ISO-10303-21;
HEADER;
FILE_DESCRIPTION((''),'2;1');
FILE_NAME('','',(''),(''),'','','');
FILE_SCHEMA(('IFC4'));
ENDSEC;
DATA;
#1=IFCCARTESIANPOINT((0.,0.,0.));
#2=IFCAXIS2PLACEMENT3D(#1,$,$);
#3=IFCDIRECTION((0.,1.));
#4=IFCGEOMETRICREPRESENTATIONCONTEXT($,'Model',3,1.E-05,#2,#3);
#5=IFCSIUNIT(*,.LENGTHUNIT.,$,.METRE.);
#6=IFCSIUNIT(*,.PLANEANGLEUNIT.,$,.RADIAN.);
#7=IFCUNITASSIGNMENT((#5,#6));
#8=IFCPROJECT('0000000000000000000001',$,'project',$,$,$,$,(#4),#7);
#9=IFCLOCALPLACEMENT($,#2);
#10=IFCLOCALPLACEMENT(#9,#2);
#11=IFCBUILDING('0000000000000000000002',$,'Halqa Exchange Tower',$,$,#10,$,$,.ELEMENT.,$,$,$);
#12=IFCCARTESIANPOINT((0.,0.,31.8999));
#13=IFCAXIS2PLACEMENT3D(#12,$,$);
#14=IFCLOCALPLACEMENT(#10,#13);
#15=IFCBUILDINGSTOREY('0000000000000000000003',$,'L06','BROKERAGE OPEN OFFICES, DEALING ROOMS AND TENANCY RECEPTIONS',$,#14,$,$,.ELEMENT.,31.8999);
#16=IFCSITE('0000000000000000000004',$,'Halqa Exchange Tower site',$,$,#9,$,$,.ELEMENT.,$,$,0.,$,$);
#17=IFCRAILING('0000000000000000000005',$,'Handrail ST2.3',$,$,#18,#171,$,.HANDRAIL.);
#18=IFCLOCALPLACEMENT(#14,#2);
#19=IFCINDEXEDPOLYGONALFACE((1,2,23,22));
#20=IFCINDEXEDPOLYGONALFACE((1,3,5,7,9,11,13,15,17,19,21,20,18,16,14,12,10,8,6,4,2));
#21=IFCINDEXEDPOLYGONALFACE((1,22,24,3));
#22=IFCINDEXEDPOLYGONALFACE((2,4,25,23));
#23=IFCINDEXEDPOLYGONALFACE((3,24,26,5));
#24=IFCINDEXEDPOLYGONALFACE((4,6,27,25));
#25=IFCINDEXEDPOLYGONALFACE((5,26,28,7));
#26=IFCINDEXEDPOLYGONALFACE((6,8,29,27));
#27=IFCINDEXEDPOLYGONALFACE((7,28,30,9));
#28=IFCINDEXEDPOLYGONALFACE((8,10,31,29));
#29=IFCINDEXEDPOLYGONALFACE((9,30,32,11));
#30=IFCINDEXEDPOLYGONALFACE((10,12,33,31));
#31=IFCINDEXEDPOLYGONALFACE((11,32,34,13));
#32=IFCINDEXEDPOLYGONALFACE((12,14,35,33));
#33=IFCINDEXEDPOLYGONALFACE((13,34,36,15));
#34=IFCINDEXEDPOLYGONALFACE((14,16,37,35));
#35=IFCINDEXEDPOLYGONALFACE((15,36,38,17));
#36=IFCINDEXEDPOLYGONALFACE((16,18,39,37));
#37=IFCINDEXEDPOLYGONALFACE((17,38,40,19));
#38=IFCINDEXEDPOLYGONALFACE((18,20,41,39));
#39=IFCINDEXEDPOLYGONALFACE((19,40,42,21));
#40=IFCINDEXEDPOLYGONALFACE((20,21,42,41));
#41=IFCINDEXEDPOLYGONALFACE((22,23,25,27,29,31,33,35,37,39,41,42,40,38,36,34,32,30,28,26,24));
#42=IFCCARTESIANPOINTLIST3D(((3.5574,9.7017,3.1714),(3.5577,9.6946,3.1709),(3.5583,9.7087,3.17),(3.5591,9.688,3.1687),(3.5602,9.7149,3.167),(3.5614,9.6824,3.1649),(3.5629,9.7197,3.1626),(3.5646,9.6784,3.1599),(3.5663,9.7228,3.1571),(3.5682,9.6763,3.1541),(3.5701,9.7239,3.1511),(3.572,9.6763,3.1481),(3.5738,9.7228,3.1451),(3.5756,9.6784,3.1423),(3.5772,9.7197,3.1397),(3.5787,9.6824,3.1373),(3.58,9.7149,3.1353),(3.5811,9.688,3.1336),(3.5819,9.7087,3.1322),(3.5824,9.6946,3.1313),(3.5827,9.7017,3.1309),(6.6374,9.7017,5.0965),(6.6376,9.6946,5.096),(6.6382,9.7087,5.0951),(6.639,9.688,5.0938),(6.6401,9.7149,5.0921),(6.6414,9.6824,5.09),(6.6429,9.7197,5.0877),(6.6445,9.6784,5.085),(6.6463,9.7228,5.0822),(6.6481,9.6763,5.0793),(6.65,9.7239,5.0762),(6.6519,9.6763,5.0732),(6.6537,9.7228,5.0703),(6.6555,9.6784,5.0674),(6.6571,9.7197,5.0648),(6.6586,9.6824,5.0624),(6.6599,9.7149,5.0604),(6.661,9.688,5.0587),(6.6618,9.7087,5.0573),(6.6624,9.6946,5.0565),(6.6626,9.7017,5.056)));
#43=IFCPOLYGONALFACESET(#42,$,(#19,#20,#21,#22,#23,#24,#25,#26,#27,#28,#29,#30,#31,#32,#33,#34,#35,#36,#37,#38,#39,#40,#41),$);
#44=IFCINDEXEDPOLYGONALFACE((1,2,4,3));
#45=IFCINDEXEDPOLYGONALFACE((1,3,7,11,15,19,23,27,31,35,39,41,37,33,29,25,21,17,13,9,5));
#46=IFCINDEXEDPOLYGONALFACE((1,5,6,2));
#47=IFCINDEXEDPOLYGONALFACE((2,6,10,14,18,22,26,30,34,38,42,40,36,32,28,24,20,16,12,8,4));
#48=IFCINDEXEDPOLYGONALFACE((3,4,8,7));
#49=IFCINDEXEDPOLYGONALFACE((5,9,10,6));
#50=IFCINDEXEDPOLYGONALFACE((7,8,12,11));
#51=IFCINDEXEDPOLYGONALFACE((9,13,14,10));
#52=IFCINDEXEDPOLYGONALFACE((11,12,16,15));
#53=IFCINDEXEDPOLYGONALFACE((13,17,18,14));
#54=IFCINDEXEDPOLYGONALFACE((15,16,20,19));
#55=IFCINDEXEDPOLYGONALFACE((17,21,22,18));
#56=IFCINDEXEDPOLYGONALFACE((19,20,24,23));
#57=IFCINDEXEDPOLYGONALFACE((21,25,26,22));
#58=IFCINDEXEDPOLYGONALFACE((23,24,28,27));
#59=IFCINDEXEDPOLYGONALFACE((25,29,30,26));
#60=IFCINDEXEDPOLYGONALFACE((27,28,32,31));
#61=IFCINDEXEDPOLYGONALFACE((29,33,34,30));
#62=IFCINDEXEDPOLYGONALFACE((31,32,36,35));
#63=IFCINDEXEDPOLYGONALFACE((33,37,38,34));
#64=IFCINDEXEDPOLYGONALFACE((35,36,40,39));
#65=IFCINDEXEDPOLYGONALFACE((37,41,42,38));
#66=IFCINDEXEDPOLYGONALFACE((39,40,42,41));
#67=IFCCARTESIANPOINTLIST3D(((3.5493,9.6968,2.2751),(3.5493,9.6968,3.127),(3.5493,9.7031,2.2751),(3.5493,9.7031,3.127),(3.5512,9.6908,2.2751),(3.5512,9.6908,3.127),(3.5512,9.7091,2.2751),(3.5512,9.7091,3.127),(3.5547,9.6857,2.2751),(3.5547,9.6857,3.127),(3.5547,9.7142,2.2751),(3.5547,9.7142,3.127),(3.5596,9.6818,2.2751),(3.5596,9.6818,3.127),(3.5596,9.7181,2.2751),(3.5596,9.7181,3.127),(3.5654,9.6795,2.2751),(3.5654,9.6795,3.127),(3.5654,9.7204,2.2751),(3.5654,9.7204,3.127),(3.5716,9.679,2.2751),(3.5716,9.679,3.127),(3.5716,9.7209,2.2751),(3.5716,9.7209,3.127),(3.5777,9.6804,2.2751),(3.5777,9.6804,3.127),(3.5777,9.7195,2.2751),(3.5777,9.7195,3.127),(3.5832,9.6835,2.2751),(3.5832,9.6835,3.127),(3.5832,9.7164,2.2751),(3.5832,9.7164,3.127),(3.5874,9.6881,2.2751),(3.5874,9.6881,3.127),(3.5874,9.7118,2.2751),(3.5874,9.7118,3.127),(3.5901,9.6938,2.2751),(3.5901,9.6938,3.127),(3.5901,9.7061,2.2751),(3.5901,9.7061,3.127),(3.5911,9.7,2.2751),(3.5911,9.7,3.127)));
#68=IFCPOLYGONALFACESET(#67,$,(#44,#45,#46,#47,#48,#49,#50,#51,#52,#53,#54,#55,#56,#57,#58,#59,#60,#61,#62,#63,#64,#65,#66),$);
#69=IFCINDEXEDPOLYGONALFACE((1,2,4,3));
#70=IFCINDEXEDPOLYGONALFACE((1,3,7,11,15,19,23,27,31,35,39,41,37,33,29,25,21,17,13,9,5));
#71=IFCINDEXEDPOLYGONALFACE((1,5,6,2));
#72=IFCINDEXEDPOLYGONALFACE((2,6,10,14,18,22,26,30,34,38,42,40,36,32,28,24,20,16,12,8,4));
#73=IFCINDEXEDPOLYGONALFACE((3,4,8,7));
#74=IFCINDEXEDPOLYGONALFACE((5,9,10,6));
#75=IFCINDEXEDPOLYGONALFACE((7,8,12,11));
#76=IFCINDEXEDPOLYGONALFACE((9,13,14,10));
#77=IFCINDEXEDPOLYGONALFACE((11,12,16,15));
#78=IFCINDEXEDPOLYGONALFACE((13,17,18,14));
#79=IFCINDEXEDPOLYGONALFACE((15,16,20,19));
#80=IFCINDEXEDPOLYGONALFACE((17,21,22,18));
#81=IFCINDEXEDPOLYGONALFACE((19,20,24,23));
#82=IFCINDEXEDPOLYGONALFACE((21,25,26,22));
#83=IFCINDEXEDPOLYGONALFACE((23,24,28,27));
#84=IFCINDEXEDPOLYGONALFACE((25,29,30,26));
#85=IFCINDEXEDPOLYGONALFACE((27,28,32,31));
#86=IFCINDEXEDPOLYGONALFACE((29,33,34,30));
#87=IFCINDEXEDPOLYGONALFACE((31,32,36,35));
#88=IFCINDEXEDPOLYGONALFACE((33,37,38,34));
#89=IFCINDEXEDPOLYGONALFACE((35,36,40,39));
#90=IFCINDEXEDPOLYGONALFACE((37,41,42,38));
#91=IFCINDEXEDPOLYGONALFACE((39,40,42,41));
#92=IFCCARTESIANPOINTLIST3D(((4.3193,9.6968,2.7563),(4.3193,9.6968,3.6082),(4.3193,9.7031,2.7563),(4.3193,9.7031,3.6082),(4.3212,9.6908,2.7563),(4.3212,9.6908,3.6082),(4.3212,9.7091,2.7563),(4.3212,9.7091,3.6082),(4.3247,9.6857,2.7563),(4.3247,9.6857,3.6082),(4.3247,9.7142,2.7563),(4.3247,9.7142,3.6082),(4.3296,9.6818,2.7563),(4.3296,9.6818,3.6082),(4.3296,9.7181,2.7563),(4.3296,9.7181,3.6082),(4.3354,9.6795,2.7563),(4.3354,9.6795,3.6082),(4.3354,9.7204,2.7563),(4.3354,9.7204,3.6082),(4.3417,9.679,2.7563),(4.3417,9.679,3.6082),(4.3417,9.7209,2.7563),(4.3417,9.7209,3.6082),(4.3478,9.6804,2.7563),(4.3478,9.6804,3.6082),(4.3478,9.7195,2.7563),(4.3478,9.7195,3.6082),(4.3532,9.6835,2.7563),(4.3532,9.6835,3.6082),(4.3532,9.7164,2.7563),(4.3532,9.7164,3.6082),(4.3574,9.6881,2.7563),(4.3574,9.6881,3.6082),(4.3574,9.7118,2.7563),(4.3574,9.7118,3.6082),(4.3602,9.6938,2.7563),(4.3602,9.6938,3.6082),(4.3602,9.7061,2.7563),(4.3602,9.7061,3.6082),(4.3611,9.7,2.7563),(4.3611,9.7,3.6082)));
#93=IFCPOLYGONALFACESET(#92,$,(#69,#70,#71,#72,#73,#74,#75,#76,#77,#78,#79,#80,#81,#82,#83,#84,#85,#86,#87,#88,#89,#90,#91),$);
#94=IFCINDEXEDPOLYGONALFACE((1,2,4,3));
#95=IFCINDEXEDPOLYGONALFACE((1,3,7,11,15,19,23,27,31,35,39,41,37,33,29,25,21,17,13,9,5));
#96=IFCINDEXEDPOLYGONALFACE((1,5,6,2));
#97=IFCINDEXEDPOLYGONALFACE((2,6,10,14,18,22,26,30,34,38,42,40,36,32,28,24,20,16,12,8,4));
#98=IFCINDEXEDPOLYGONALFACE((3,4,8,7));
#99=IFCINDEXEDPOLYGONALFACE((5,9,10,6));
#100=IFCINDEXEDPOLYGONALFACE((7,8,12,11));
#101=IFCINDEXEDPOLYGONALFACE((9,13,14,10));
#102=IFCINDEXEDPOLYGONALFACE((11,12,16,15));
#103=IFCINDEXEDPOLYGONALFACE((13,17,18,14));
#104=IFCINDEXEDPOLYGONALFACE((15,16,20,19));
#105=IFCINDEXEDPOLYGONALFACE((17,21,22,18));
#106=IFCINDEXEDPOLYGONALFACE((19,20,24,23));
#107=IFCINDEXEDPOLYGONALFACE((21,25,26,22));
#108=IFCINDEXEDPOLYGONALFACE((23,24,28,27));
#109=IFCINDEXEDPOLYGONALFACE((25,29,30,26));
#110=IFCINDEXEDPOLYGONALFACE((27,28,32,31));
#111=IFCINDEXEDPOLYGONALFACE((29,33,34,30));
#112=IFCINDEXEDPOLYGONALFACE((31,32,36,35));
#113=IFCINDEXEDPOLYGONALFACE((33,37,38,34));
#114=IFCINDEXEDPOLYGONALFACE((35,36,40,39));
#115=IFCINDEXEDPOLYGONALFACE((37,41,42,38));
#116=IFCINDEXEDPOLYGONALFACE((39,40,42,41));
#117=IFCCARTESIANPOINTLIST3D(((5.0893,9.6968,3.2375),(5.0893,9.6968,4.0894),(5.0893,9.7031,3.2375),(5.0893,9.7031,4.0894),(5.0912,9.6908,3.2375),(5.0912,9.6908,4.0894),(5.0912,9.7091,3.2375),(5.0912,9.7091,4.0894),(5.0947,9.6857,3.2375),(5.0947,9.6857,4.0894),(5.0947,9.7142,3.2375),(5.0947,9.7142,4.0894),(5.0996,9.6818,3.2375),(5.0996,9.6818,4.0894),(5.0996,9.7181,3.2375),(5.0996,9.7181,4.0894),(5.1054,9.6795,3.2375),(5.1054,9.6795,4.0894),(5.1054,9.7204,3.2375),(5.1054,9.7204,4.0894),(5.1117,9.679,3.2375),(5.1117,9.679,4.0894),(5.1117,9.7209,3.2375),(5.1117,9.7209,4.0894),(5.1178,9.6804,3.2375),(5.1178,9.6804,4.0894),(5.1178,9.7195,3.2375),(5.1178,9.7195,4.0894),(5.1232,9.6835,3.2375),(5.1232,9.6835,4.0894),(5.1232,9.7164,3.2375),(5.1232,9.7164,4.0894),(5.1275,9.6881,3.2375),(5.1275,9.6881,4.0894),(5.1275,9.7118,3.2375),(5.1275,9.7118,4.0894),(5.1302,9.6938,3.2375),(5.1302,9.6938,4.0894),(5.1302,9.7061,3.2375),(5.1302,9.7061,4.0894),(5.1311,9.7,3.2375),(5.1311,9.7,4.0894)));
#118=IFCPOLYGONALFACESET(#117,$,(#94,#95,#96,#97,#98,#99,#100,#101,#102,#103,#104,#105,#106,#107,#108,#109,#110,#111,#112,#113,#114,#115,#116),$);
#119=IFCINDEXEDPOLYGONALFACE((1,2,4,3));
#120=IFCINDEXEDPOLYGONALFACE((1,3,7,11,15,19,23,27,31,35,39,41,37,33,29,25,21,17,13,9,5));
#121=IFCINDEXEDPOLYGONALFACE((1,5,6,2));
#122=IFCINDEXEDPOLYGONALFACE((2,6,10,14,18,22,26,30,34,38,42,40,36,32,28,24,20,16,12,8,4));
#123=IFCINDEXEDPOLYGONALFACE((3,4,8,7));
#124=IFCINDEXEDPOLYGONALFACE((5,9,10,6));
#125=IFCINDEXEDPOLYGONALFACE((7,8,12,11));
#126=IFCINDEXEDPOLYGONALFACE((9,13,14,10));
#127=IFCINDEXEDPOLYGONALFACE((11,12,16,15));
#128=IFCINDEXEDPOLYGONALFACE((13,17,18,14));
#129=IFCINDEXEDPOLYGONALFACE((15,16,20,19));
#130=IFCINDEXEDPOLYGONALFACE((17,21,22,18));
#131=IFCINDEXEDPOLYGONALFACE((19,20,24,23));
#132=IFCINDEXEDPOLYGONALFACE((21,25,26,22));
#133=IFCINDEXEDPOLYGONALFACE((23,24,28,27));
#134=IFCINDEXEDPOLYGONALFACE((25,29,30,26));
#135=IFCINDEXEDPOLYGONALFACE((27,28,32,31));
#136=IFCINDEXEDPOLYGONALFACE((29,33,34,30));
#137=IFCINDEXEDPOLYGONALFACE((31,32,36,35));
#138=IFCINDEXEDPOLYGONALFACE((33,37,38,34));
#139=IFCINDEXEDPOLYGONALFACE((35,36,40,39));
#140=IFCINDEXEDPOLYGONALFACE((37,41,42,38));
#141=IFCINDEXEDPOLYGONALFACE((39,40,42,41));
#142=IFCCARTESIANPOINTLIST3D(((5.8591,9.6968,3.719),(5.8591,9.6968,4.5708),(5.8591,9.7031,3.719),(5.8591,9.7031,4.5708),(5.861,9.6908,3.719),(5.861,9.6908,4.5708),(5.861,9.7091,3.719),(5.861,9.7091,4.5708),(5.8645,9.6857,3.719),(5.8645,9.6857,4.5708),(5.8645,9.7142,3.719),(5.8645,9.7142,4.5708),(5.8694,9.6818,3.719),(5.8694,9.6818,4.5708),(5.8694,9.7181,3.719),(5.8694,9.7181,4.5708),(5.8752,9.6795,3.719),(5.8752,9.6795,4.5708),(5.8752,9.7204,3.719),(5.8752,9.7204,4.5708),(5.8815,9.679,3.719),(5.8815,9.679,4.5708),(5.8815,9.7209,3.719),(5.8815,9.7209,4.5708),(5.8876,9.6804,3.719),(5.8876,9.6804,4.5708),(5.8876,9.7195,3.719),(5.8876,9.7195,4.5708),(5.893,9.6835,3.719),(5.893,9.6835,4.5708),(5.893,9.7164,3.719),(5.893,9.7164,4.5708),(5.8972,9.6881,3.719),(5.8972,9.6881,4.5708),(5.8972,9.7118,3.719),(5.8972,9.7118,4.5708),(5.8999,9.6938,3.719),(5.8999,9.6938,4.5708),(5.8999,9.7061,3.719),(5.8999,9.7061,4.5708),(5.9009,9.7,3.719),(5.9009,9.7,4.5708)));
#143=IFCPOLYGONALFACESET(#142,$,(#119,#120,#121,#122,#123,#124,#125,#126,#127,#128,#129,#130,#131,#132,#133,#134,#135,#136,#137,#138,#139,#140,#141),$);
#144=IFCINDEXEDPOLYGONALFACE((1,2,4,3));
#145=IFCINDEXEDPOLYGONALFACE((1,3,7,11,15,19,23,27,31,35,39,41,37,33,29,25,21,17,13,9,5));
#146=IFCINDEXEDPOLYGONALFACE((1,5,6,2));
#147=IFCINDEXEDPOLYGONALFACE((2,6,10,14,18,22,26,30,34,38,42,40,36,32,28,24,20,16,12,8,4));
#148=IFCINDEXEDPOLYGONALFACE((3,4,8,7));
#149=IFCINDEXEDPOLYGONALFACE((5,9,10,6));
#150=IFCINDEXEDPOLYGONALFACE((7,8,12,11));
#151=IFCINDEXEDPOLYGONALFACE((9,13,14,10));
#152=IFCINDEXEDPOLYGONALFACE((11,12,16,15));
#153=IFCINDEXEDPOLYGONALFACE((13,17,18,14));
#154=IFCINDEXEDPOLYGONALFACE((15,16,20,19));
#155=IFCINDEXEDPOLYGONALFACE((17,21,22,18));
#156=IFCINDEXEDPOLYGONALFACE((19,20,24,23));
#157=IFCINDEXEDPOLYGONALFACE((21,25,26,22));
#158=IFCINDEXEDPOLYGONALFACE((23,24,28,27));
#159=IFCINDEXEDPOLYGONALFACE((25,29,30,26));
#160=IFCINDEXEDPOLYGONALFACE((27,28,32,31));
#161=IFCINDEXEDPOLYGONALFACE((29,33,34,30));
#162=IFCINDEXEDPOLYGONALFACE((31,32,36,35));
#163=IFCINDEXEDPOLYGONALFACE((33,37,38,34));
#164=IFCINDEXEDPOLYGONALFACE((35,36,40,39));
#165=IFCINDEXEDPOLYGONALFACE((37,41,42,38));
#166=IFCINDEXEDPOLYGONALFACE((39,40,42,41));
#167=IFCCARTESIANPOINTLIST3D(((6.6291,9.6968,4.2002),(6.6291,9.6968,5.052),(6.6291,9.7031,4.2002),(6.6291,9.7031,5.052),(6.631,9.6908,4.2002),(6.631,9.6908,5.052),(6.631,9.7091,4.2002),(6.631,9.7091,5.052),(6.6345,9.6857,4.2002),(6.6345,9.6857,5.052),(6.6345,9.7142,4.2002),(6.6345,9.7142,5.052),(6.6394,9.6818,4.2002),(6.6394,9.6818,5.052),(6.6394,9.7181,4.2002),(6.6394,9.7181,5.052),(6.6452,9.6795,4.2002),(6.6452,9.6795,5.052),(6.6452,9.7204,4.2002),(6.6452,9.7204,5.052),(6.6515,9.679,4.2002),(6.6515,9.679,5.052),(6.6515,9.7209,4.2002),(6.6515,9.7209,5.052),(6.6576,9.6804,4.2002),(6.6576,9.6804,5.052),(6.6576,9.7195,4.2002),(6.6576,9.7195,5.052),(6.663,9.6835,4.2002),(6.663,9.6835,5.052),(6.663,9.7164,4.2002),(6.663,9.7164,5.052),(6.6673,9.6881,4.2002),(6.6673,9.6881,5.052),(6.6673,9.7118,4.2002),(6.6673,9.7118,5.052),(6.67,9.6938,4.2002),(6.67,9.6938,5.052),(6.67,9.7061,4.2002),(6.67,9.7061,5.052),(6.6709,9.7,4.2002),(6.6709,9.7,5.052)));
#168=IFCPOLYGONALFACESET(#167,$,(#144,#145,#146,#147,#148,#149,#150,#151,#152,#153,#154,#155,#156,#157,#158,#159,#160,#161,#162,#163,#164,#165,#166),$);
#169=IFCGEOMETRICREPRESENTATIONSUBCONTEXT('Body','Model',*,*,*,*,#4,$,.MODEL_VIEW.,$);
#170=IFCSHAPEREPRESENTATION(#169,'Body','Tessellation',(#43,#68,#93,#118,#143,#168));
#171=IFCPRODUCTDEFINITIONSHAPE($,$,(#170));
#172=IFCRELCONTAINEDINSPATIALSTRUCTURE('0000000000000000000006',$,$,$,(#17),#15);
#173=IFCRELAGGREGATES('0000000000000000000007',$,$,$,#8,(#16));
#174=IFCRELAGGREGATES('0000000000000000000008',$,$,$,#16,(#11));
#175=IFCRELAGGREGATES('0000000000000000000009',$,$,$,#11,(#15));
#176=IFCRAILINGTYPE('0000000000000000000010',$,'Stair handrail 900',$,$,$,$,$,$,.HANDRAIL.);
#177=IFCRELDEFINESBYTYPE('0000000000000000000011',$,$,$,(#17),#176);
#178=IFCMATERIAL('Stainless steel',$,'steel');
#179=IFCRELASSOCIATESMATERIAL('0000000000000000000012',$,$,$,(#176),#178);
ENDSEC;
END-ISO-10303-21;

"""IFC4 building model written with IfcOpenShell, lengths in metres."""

from ifc_helpers import new_model, si_unit, direction, frame, origin, origin_2d, place, context, subcontext, project, spatial, circle, extrude, material, type_object, element, save


model = new_model("IFC4")

# Units and contexts
model_context = context("Model", 3, precision=1e-05, world=origin(), true_north=direction((0.0, 1.0)))
body_context = subcontext(model_context, "Body", "Model", "MODEL_VIEW")
ifc_project = project(units=[si_unit("LENGTHUNIT", "METRE"), si_unit("PLANEANGLEUNIT", "RADIAN")], contexts=[model_context])

# Site, building, storey
site_placement = place(None, origin())
site = spatial("IfcSite", under=ifc_project, at=site_placement, Name="Halqa Exchange Tower site", CompositionType="ELEMENT", RefElevation=0.0)
building_placement = place(site_placement, origin())
building = spatial("IfcBuilding", under=site, at=building_placement, Name="Halqa Exchange Tower", CompositionType="ELEMENT")
storey_placement = place(building_placement, frame((0.0, 0.0, 31.8999)))
storey = spatial("IfcBuildingStorey", under=building, at=storey_placement, Name="L06", Description="BROKERAGE OPEN OFFICES, DEALING ROOMS AND TENANCY RECEPTIONS", CompositionType="ELEMENT", Elevation=31.8999)

# Railing
ifc_material_1 = material(Name="Stainless steel", Category="steel")
railing_type_1 = type_object("IfcRailingType", Name="Stair handrail 900", PredefinedType="HANDRAIL", material=ifc_material_1)
railing_1_placement = place(storey_placement, frame((3.5701, 9.7, 2.2751)))
element("IfcRailing", 1, at=railing_1_placement, inside=storey, type_object=railing_type_1, Name="Handrail ST2.3", PredefinedType="HANDRAIL", context=body_context, shape_type="SweptSolid", body=[
    extrude(circle(Radius=0.0239, at=origin_2d()), frame((0.0, 0.0, 0.876), z_axis=(0.847979, 0.0, 0.530029), x_axis=(0.0, 1.0, 0.0)), (0.0, 0.0, 1.0), 3.6321),
    extrude(circle(Radius=0.021, at=origin_2d()), origin(), (0.0, 0.0, 1.0), 0.8518),
    extrude(circle(Radius=0.021, at=origin_2d()), frame((0.77, 0.0, 0.4812)), (0.0, 0.0, 1.0), 0.8518),
    extrude(circle(Radius=0.021, at=origin_2d()), frame((1.54, 0.0, 0.9624)), (0.0, 0.0, 1.0), 0.8518),
    extrude(circle(Radius=0.021, at=origin_2d()), frame((2.3098, 0.0, 1.4438)), (0.0, 0.0, 1.0), 0.8518),
    extrude(circle(Radius=0.021, at=origin_2d()), frame((3.0798, 0.0, 1.925)), (0.0, 0.0, 1.0), 0.8518),
])

save(model, "model.ifc")
